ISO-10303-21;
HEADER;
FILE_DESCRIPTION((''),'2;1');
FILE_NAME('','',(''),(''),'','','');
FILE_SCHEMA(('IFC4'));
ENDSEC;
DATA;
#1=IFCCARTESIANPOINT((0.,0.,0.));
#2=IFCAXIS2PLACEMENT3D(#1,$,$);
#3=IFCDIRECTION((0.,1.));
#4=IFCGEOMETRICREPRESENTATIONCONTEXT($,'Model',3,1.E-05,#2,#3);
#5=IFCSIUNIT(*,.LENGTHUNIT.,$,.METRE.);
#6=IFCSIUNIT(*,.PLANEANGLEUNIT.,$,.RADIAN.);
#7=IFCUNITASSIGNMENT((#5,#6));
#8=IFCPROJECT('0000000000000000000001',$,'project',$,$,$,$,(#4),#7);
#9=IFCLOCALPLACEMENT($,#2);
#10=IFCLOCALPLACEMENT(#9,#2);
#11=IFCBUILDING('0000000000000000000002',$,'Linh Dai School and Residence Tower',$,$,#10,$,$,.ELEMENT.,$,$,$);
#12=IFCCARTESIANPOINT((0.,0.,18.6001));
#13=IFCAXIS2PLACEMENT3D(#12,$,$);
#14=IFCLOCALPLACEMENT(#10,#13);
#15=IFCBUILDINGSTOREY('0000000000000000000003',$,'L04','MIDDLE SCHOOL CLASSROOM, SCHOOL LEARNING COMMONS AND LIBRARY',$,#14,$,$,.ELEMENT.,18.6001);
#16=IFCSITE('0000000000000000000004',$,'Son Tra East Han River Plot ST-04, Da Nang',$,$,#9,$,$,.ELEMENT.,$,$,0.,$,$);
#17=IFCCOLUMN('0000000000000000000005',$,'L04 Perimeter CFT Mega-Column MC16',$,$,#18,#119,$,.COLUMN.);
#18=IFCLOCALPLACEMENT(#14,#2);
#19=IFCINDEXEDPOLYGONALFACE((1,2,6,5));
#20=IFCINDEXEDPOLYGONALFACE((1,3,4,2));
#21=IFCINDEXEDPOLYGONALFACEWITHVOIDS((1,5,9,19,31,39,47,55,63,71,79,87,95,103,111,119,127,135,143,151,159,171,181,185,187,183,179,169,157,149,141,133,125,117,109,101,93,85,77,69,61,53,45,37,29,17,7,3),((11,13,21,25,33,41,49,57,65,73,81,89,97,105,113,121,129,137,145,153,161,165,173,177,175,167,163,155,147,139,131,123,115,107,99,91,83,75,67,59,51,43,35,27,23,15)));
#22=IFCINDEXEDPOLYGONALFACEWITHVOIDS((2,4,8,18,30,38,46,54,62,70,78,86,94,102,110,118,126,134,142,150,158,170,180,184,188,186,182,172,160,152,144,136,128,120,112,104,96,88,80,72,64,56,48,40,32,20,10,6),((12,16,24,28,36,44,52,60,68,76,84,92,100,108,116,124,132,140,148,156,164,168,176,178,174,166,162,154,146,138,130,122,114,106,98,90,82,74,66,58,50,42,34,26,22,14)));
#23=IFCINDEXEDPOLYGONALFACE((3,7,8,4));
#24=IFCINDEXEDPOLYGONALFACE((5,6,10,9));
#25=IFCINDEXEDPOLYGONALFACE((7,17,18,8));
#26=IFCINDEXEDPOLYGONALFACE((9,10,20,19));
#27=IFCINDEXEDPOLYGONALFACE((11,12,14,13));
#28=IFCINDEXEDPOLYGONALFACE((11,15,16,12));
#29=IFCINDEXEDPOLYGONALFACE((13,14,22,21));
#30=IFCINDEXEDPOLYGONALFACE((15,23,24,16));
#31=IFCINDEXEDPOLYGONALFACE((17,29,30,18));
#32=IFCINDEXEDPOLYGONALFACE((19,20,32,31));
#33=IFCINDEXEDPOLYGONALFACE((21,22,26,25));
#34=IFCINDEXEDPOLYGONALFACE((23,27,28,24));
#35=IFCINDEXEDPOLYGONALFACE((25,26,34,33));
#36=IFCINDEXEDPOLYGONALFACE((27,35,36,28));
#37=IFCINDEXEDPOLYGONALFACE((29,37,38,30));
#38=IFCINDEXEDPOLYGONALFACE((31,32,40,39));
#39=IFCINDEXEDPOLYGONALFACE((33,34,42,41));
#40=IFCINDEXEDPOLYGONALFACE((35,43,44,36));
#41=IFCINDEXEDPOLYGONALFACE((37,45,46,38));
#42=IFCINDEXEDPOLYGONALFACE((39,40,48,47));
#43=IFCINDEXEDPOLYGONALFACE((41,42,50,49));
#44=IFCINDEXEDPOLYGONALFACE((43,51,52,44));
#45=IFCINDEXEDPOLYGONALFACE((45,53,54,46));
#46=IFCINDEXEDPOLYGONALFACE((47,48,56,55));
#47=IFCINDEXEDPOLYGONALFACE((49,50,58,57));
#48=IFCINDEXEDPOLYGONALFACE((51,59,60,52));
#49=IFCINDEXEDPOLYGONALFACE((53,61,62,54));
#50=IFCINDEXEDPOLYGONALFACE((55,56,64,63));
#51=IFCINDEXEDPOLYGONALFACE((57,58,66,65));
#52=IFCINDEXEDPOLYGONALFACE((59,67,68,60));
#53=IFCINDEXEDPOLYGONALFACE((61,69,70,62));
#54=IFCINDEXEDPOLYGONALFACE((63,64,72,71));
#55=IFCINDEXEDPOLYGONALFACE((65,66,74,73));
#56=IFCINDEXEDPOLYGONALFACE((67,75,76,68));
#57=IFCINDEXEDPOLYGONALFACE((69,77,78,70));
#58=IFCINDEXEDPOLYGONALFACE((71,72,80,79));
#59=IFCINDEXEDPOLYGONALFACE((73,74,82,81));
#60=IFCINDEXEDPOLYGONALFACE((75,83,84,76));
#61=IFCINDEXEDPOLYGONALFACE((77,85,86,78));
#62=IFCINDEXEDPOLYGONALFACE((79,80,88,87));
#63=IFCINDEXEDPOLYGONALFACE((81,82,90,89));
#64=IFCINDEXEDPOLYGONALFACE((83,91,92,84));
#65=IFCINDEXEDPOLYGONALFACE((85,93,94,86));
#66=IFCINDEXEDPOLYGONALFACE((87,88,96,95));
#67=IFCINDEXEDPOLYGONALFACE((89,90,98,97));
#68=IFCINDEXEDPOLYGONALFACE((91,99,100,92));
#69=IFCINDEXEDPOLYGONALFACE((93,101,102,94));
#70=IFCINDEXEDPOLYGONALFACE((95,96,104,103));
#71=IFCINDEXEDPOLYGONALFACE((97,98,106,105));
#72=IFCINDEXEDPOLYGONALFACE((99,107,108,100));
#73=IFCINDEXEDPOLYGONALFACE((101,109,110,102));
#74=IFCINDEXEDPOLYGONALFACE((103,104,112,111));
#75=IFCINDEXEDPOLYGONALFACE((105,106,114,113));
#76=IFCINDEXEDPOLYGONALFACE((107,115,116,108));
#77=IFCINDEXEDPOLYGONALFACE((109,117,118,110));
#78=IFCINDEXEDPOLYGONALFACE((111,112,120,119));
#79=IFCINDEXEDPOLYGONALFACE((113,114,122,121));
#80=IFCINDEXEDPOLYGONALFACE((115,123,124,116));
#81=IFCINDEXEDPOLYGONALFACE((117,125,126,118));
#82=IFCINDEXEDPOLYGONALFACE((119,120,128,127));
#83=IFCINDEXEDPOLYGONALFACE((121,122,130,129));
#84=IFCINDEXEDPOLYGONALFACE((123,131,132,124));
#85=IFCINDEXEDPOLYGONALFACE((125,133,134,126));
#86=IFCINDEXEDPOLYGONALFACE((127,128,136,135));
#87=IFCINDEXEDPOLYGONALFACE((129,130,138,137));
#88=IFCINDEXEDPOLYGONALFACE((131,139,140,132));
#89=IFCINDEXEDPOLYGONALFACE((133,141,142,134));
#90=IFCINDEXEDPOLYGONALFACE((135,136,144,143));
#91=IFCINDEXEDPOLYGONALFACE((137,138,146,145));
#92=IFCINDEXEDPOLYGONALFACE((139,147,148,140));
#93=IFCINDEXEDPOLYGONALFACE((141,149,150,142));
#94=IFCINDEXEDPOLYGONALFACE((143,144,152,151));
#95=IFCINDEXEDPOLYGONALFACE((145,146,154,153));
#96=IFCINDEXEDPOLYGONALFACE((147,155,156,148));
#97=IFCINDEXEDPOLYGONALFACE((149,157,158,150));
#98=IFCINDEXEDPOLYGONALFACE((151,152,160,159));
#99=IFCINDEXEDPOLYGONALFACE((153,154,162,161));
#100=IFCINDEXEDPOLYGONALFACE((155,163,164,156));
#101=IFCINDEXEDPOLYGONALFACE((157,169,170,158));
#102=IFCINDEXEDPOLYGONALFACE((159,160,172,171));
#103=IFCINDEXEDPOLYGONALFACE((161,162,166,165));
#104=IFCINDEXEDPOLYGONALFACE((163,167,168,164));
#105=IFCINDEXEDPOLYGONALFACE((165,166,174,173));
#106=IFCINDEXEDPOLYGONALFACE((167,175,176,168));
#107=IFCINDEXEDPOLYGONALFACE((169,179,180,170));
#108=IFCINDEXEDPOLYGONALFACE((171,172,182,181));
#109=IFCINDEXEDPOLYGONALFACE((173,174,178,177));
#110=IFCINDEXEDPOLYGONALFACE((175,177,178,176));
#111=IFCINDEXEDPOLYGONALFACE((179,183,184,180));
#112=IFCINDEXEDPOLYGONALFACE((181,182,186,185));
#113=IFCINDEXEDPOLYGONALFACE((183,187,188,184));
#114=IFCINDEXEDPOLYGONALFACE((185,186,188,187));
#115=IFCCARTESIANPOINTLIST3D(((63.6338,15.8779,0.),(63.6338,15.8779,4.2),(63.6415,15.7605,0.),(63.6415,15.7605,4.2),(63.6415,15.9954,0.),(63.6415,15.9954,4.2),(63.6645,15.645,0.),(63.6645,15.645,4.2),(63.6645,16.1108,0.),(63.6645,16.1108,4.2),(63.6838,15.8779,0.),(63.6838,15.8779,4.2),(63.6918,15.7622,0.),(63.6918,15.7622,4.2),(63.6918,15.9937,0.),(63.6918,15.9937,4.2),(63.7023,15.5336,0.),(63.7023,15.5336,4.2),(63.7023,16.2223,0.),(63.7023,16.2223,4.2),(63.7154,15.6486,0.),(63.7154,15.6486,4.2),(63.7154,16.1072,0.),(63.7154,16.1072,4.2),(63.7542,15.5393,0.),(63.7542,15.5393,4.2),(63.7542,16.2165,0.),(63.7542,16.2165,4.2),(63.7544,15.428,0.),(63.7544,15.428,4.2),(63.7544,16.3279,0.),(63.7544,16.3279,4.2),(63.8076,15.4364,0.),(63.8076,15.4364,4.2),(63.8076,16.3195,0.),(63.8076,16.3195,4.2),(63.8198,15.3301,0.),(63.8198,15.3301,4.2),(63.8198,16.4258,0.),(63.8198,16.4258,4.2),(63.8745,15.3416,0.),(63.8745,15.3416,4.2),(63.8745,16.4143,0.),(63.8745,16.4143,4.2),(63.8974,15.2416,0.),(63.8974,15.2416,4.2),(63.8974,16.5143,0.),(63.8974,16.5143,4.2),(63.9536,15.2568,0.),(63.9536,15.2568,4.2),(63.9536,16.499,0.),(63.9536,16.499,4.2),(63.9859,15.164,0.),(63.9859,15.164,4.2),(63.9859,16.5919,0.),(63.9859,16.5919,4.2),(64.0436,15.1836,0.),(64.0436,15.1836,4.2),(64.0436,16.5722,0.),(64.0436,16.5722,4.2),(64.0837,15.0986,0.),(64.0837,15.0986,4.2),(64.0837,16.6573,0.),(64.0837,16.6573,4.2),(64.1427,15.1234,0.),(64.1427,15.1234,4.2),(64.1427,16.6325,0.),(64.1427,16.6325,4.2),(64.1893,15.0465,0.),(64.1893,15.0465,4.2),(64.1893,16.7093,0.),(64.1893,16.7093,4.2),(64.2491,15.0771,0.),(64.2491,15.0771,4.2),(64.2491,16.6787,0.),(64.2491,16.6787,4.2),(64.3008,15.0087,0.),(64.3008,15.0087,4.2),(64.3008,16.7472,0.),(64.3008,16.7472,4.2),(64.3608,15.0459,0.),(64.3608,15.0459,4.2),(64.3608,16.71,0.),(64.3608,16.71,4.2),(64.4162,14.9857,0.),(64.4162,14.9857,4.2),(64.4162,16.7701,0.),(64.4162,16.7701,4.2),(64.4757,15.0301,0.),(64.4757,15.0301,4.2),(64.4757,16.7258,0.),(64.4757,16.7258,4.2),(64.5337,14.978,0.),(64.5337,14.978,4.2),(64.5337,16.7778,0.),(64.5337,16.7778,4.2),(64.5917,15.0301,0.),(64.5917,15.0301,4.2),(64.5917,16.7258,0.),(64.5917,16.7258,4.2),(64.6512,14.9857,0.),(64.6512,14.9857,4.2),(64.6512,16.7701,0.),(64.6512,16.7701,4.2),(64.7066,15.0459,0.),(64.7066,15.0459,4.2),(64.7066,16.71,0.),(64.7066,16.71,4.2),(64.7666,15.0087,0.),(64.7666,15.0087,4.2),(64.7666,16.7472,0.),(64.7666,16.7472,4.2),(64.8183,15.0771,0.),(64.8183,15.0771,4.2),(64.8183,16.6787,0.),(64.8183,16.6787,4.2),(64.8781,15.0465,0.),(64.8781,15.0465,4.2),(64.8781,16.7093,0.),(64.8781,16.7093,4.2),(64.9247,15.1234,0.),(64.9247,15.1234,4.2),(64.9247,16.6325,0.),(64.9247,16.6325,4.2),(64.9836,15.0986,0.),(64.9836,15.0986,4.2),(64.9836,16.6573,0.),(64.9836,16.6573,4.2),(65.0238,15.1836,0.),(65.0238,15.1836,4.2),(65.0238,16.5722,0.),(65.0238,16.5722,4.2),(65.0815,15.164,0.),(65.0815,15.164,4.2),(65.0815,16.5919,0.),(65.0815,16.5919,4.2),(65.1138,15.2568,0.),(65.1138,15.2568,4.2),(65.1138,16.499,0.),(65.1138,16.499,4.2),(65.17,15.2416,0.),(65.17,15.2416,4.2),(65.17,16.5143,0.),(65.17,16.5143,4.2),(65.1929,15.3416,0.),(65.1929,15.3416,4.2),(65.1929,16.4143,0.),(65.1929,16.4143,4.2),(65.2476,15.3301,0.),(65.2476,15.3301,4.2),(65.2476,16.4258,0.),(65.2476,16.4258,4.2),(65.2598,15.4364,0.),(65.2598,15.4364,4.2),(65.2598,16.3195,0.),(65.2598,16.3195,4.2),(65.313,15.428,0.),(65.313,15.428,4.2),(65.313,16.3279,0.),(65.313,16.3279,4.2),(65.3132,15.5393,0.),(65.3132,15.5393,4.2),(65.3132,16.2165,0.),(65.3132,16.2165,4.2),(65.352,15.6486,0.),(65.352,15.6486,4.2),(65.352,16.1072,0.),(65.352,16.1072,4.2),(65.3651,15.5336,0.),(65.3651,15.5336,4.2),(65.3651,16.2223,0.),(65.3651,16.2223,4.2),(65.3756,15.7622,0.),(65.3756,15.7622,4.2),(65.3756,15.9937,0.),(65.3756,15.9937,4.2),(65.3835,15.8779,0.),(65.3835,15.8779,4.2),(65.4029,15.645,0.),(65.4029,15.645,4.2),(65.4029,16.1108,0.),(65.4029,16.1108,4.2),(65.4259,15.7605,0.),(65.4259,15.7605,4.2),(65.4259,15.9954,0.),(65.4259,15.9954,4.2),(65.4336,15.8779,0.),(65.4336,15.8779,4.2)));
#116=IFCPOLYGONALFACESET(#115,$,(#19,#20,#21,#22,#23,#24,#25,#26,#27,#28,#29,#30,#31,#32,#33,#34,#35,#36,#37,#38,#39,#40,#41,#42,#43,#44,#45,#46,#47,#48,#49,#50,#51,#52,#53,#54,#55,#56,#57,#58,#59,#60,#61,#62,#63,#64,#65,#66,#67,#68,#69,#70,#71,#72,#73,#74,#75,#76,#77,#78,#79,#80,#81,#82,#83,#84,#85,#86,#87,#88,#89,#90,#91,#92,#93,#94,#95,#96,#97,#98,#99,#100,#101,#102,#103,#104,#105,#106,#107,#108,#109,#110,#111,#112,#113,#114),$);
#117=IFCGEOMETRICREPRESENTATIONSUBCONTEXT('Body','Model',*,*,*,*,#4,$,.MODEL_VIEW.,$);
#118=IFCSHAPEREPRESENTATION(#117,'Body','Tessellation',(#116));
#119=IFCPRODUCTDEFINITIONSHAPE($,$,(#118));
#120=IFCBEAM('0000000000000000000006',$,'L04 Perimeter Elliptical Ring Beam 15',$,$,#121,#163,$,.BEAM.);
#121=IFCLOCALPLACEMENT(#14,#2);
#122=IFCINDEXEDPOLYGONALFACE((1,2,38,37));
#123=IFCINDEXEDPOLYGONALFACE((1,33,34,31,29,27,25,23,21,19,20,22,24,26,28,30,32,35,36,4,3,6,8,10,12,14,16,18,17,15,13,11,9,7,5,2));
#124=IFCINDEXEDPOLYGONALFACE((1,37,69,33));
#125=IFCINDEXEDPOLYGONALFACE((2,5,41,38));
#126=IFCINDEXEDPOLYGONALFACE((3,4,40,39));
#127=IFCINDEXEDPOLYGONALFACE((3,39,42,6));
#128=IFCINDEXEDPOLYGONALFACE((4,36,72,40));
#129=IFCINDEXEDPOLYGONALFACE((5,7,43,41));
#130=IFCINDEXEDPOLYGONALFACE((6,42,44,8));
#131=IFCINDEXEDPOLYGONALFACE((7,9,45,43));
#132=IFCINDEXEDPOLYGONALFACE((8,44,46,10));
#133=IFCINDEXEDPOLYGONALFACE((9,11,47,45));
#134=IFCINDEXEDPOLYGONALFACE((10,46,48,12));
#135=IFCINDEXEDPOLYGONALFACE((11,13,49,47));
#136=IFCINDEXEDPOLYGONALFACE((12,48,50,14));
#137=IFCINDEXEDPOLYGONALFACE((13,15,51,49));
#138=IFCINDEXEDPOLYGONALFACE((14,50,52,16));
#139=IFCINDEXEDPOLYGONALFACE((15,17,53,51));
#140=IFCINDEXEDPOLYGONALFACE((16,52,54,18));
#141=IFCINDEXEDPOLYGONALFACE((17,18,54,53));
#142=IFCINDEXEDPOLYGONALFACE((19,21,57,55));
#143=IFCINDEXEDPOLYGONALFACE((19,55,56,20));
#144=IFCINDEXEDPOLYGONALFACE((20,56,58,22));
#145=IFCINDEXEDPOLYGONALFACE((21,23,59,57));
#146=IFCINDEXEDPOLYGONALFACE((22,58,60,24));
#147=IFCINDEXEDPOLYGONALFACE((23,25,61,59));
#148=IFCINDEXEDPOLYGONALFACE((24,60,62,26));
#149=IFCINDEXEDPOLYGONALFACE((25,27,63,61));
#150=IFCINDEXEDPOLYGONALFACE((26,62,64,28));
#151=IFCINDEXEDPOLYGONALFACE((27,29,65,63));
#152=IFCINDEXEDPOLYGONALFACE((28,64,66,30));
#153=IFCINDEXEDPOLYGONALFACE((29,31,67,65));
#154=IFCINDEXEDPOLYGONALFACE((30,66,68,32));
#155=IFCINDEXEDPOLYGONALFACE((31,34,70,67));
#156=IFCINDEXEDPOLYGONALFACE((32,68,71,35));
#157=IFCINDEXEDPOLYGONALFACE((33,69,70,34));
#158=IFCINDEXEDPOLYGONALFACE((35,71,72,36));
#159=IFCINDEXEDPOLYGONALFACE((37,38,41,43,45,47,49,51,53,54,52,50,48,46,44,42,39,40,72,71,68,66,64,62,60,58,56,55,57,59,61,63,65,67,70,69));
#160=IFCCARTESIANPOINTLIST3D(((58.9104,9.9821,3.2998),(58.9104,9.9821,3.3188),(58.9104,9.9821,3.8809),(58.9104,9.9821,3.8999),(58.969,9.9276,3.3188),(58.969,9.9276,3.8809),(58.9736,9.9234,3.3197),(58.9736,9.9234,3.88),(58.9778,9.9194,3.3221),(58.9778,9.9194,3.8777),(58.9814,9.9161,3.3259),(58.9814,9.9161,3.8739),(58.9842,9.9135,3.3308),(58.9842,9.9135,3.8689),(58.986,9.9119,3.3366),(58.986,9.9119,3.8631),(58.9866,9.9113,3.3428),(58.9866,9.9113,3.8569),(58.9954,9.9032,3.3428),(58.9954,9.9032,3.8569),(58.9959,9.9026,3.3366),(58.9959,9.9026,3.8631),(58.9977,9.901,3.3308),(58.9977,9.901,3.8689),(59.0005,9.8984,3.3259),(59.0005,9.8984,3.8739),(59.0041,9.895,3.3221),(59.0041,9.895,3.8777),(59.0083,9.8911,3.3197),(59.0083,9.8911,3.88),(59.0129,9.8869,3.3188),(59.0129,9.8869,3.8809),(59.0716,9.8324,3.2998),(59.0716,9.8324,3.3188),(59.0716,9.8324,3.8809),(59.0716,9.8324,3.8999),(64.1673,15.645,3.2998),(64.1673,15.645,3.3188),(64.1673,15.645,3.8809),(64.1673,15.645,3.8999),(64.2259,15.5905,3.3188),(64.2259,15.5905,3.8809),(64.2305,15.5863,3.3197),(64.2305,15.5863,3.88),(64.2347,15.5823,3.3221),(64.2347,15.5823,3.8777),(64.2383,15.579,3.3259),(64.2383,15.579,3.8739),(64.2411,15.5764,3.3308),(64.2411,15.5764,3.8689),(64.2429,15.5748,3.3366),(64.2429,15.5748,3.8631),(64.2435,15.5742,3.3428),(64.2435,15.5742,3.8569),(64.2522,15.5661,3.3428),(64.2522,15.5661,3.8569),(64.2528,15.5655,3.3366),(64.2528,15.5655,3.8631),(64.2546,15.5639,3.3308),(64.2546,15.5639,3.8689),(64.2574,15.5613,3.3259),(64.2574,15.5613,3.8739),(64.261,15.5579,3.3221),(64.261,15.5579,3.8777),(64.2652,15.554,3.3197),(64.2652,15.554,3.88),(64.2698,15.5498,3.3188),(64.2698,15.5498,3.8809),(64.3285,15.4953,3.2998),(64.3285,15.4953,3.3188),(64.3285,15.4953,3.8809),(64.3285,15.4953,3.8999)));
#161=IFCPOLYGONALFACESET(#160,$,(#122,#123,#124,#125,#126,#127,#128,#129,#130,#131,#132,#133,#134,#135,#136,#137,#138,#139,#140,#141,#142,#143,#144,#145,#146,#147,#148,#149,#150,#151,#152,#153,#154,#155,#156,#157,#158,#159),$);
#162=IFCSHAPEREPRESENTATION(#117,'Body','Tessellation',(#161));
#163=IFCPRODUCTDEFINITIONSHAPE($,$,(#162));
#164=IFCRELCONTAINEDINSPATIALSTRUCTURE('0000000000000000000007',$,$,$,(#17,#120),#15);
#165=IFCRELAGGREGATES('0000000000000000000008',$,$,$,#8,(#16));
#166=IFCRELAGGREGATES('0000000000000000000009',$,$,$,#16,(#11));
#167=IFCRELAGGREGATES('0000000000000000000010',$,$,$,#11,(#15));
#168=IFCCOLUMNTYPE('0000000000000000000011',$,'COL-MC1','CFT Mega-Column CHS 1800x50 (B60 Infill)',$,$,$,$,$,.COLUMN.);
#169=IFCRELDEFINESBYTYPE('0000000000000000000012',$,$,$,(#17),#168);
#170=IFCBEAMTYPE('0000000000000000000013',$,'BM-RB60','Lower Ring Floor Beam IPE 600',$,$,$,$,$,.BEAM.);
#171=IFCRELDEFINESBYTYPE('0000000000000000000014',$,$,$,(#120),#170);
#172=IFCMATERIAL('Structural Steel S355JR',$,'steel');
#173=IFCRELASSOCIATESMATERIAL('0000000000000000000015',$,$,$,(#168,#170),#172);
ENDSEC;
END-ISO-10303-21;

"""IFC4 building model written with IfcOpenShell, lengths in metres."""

from ifc_helpers import new_model, si_unit, direction, frame, origin, origin_2d, place, context, subcontext, project, spatial, hollow_circle, i_section, extrude, material, material_profile, profile_set, type_object, element, save


model = new_model("IFC4")

# Units and contexts
model_context = context("Model", 3, precision=1e-05, world=origin(), true_north=direction((0.0, 1.0)))
body_context = subcontext(model_context, "Body", "Model", "MODEL_VIEW")
ifc_project = project(units=[si_unit("LENGTHUNIT", "METRE"), si_unit("PLANEANGLEUNIT", "RADIAN")], contexts=[model_context])

# Site, building, storey
site_placement = place(None, origin())
site = spatial("IfcSite", under=ifc_project, at=site_placement, Name="Son Tra East Han River Plot ST-04, Da Nang", CompositionType="ELEMENT", RefElevation=0.0)
building_placement = place(site_placement, origin())
building = spatial("IfcBuilding", under=site, at=building_placement, Name="Linh Dai School and Residence Tower", CompositionType="ELEMENT")
storey_placement = place(building_placement, frame((0.0, 0.0, 18.6001)))
storey = spatial("IfcBuildingStorey", under=building, at=storey_placement, Name="L04", Description="MIDDLE SCHOOL CLASSROOM, SCHOOL LEARNING COMMONS AND LIBRARY", CompositionType="ELEMENT", Elevation=18.6001)

# Column
ifc_material_1 = material(Name="Structural Steel S355JR", Category="steel")
ifc_material_profile_1 = material_profile(ifc_material_1, hollow_circle(Radius=0.8999, WallThickness=0.05, at=origin_2d()), Name="CHS 1800x50")
ifc_profile_set_1 = profile_set([ifc_material_profile_1], Name="Structural Steel S355JR")
column_type_1 = type_object("IfcColumnType", Name="COL-MC1", Description="CFT Mega-Column CHS 1800x50 (B60 Infill)", PredefinedType="COLUMN", material=ifc_profile_set_1)
for number, where, z_axis, x_axis, name in (
    (1, (64.5337, 15.8779, 0.0), (0.0, 0.0, 1.0), (1.0, 0.0, 0.0), "L04 Perimeter CFT Mega-Column MC16"),
):
    element("IfcColumn", number, at=place(storey_placement, frame(where, z_axis=z_axis, x_axis=x_axis)), inside=storey, type_object=column_type_1, Name=name, PredefinedType="COLUMN", context=body_context, shape_type="SweptSolid", body=[
        extrude(hollow_circle(Radius=0.8999, WallThickness=0.05, at=origin_2d()), origin(), (0.0, 0.0, 1.0), 4.2),
    ])

# Beam
ifc_material_profile_2 = material_profile(ifc_material_1, i_section(OverallWidth=0.22, OverallDepth=0.6001, WebThickness=0.012, FlangeThickness=0.019, FilletRadius=0.0239, at=origin_2d()), Name="IPE 600")
ifc_profile_set_2 = profile_set([ifc_material_profile_2], Name="Structural Steel S355JR")
beam_type = type_object("IfcBeamType", Name="BM-RB60", Description="Lower Ring Floor Beam IPE 600", PredefinedType="BEAM", material=ifc_profile_set_2)
beam_1_placement = place(storey_placement, frame((58.991, 9.9072, 3.5999), z_axis=(0.680346, 0.732891, 0.0), x_axis=(-0.732891, 0.680346, 0.0)))
element("IfcBeam", 2, at=beam_1_placement, inside=storey, type_object=beam_type, Name="L04 Perimeter Elliptical Ring Beam 15", PredefinedType="BEAM", context=body_context, shape_type="SweptSolid", body=[
    extrude(i_section(OverallWidth=0.22, OverallDepth=0.6001, WebThickness=0.012, FlangeThickness=0.019, FilletRadius=0.0239, at=origin_2d()), origin(), (0.0, 0.0, 1.0), 7.7268),
])

save(model, "model.ifc")
